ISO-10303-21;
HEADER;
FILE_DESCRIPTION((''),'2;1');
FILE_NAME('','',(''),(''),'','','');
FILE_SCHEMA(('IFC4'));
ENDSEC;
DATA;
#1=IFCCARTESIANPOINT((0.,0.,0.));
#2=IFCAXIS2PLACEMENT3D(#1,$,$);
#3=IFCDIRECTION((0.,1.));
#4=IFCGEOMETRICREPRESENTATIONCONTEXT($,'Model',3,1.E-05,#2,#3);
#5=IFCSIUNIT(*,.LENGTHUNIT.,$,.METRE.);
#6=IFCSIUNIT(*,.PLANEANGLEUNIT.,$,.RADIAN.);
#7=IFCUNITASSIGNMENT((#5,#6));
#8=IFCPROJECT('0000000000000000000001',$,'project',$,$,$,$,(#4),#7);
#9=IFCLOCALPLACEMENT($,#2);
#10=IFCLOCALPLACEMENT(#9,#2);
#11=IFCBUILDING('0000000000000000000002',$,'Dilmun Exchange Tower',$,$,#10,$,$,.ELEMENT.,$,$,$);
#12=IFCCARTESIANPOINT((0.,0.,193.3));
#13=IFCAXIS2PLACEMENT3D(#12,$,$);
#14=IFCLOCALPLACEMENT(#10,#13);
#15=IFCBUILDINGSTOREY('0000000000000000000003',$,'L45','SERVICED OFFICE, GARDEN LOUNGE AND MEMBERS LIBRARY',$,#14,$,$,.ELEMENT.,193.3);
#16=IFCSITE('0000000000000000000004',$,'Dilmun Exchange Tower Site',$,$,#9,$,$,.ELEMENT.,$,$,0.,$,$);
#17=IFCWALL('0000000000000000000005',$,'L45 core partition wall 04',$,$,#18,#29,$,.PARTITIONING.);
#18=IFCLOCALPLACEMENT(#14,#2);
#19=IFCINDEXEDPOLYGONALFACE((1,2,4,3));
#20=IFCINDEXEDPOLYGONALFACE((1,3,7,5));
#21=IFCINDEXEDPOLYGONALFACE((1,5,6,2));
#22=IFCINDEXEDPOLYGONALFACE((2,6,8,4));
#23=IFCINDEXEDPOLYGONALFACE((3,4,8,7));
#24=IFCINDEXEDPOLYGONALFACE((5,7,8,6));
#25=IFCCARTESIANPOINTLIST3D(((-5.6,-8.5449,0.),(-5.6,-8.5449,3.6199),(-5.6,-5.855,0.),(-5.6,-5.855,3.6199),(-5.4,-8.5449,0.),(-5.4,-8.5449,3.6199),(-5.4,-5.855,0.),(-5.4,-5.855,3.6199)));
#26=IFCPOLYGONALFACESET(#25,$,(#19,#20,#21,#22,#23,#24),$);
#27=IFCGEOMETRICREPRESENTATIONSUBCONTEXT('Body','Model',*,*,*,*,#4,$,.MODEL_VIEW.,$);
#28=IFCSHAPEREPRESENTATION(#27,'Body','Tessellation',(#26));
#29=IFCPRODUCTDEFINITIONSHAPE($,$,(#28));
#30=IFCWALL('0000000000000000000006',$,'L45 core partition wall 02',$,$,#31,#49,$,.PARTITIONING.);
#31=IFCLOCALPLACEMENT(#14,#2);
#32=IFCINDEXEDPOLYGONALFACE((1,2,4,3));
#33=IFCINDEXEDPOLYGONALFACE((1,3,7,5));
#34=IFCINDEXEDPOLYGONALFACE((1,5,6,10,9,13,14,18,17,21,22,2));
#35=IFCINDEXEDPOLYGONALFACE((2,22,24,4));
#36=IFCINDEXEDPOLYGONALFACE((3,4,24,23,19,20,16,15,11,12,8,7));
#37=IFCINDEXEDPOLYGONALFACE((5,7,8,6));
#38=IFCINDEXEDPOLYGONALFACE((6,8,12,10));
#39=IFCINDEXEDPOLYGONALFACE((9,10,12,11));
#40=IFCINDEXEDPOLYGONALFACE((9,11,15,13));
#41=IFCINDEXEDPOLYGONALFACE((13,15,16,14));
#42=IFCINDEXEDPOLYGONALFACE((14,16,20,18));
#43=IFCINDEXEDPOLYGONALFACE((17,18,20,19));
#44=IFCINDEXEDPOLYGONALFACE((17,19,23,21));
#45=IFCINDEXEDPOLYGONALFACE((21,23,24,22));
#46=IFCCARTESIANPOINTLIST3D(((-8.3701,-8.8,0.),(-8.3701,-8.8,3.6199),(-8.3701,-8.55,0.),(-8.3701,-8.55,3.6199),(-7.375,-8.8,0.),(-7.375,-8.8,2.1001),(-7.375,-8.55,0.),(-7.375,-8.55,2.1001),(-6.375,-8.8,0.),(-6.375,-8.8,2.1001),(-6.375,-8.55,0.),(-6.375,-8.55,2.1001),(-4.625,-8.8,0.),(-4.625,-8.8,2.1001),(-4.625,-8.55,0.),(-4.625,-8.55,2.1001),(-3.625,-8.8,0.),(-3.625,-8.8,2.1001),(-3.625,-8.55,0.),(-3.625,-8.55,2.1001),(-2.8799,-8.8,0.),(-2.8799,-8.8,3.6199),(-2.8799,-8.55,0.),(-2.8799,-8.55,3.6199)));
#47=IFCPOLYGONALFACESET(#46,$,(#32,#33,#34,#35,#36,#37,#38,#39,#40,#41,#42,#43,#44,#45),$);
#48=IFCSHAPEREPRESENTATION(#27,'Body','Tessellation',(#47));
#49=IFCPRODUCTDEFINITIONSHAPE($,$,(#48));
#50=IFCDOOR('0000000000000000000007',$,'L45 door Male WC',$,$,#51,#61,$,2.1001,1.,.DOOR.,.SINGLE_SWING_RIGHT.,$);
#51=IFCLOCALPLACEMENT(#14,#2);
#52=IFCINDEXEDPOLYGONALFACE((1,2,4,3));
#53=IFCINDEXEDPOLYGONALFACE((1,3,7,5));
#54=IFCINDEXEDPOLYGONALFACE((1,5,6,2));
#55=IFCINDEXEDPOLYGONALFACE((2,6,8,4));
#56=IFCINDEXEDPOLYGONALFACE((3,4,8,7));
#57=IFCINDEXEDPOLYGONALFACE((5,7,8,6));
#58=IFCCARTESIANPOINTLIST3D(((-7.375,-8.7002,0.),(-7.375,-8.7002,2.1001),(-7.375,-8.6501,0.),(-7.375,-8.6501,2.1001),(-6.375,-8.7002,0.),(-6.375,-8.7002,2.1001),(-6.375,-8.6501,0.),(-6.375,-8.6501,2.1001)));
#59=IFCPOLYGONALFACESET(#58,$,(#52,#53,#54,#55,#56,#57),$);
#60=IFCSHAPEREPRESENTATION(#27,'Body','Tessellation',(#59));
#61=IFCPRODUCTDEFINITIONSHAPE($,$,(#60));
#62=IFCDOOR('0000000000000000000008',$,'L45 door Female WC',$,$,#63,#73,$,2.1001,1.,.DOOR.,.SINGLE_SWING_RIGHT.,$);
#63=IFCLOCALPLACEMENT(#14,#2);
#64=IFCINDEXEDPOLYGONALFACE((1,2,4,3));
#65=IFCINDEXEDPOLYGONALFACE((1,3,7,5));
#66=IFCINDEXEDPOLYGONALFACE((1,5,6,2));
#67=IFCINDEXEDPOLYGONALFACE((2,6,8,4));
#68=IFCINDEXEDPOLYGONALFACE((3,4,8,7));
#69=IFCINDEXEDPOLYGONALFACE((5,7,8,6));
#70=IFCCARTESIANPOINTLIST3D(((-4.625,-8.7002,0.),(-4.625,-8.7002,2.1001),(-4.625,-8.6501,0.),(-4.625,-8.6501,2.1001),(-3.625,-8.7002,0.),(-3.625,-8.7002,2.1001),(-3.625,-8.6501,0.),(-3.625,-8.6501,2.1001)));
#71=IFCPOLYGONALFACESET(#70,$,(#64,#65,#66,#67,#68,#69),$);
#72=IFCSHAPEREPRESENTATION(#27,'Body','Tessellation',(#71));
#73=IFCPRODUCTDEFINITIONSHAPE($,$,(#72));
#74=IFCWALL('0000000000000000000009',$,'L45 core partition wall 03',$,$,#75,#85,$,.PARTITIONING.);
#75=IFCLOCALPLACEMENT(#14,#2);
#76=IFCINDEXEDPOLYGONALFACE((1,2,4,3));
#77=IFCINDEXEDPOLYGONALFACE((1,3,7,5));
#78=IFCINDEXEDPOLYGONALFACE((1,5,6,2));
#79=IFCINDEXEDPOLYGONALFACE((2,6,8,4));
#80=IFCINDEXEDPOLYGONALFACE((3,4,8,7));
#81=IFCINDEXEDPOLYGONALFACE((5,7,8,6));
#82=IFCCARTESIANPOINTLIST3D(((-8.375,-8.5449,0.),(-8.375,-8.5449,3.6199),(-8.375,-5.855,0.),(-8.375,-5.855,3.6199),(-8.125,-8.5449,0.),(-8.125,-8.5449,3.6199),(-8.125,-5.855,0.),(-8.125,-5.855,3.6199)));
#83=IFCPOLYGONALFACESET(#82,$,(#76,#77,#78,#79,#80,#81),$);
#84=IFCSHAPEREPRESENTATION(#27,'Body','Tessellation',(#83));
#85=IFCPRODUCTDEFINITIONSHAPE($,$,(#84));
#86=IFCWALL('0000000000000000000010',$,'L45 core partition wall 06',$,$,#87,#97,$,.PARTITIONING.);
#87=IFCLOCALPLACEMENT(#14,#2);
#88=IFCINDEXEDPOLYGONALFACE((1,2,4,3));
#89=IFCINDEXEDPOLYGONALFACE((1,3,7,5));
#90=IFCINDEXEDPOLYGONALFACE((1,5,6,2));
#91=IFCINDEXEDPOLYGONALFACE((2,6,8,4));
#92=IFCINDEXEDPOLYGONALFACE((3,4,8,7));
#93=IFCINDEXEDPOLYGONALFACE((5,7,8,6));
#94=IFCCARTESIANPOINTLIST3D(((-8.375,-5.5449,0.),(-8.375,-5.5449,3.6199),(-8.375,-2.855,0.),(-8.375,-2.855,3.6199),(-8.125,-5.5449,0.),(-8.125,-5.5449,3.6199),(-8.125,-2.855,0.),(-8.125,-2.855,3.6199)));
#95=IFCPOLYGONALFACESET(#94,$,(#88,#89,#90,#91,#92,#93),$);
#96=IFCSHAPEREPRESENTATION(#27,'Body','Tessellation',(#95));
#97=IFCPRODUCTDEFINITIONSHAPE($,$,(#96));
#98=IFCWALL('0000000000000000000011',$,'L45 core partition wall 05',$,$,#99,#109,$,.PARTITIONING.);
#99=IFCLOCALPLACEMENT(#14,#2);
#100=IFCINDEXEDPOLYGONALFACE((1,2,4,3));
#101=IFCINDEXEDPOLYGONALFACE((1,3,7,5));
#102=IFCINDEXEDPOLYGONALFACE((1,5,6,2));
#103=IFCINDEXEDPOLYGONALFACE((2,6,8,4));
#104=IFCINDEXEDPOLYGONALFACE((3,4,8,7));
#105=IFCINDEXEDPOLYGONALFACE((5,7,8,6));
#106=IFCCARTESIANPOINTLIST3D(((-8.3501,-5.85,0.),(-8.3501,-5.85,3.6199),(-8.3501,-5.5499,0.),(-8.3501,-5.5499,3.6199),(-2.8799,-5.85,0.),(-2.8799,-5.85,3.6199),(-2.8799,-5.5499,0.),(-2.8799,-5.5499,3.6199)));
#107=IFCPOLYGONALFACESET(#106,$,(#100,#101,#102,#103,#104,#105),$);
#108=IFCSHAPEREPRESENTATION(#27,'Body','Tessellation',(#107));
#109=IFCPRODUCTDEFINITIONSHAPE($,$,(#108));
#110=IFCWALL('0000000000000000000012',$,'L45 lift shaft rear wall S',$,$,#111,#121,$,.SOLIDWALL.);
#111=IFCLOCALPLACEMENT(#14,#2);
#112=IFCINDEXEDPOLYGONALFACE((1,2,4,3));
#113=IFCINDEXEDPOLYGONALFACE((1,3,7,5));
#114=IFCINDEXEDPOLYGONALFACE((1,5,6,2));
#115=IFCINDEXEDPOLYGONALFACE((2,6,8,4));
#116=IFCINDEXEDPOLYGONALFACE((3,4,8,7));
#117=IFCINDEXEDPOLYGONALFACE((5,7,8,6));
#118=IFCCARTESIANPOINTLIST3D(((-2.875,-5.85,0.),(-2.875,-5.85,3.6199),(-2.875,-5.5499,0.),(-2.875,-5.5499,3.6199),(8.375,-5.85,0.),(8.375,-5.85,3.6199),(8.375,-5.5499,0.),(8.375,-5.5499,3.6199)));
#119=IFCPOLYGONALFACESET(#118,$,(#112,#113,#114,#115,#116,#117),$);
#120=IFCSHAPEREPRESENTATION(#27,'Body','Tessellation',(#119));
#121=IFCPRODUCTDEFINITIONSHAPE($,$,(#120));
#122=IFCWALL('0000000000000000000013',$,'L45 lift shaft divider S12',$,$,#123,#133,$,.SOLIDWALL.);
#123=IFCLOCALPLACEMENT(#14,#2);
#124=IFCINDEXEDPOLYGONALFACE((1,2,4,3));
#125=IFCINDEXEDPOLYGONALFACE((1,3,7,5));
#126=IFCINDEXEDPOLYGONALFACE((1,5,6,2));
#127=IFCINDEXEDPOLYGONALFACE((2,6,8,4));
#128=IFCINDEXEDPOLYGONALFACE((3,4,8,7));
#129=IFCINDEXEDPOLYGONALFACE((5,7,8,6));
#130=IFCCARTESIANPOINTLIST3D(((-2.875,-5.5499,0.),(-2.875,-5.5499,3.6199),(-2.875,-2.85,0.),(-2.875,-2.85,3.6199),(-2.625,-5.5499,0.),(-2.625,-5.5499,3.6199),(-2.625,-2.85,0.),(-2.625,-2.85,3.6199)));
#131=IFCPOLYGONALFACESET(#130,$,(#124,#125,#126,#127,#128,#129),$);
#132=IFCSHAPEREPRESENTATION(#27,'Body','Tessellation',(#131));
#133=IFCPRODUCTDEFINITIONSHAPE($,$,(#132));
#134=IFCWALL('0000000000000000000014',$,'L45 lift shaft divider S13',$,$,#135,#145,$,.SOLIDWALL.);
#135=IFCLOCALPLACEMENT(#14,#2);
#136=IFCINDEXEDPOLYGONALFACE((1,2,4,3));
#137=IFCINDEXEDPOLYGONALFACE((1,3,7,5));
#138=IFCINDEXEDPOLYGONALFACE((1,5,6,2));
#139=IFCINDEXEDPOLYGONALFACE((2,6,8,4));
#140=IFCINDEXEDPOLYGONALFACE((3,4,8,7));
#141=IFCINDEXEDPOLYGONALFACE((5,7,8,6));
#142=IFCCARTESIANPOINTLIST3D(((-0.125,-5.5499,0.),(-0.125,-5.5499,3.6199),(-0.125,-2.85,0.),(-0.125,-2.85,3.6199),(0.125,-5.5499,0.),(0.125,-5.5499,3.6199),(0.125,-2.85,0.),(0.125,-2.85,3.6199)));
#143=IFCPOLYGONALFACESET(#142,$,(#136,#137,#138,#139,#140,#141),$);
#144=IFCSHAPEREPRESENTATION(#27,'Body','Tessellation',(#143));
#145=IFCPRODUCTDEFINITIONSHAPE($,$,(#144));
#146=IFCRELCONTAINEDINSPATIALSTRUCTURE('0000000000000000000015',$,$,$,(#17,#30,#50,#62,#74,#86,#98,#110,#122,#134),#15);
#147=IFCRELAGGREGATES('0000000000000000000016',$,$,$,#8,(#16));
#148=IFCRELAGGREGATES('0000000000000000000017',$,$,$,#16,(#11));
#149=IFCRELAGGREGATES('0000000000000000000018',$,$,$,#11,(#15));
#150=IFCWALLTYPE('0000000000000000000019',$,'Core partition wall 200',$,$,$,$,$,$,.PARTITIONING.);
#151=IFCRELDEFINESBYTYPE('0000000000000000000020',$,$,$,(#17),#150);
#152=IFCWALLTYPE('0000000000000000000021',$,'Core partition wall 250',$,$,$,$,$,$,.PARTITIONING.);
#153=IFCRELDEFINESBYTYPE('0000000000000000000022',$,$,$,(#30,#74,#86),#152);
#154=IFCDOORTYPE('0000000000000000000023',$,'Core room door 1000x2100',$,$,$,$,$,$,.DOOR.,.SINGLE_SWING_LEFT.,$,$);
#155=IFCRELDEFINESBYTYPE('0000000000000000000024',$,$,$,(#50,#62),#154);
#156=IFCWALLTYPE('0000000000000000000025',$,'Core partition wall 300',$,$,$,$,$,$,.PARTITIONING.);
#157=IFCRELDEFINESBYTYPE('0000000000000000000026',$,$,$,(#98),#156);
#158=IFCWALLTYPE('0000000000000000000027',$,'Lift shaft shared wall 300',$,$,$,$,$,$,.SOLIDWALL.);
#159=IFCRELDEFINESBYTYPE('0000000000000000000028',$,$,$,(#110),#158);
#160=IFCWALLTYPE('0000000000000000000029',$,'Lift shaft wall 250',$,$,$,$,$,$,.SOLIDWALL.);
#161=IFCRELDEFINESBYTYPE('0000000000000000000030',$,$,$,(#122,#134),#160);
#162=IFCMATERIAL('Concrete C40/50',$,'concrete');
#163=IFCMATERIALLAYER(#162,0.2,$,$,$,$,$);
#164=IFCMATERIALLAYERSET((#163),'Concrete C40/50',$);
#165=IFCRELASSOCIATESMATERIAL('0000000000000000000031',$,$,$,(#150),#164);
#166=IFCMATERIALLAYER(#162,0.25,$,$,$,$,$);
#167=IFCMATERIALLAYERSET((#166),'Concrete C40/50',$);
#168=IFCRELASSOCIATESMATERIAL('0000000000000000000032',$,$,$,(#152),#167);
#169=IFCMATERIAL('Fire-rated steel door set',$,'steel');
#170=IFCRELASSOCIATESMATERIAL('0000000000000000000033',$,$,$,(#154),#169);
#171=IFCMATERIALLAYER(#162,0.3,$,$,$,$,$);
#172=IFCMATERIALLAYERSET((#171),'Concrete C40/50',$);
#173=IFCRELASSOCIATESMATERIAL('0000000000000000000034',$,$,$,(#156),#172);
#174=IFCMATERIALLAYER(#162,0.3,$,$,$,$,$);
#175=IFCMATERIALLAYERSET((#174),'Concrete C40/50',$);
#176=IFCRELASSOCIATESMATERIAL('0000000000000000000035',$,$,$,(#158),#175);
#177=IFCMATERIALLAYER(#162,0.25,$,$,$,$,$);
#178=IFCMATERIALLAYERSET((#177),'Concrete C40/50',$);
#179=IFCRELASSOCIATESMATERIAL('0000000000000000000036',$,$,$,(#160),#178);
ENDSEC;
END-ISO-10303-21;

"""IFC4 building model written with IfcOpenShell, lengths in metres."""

from ifc_helpers import new_model, si_unit, direction, frame, frame_2d, origin, place, context, subcontext, project, spatial, rectangle, extrude, material, layer, layer_set, type_object, element, fill, save


model = new_model("IFC4")

# Units and contexts
model_context = context("Model", 3, precision=1e-05, world=origin(), true_north=direction((0.0, 1.0)))
body_context = subcontext(model_context, "Body", "Model", "MODEL_VIEW")
ifc_project = project(units=[si_unit("LENGTHUNIT", "METRE"), si_unit("PLANEANGLEUNIT", "RADIAN")], contexts=[model_context])

# Site, building, storey
site_placement = place(None, origin())
site = spatial("IfcSite", under=ifc_project, at=site_placement, Name="Dilmun Exchange Tower Site", CompositionType="ELEMENT", RefElevation=0.0)
building_placement = place(site_placement, origin())
building = spatial("IfcBuilding", under=site, at=building_placement, Name="Dilmun Exchange Tower", CompositionType="ELEMENT")
storey_placement = place(building_placement, frame((0.0, 0.0, 193.3)))
storey = spatial("IfcBuildingStorey", under=building, at=storey_placement, Name="L45", Description="SERVICED OFFICE, GARDEN LOUNGE AND MEMBERS LIBRARY", CompositionType="ELEMENT", Elevation=193.3)

# Wall
ifc_material_1 = material(Name="Concrete C40/50", Category="concrete")
ifc_layer_1 = layer(ifc_material_1, 0.2)
ifc_layer_set_1 = layer_set([ifc_layer_1], Name="Concrete C40/50")
wall_type_1 = type_object("IfcWallType", Name="Core partition wall 200", PredefinedType="PARTITIONING", material=ifc_layer_set_1)
wall_1_placement = place(storey_placement, frame((-5.5, -8.5449, 0.0), z_axis=(0.0, 0.0, 1.0), x_axis=(0.0, 1.0, 0.0)))
element("IfcWall", 1, at=wall_1_placement, inside=storey, type_object=wall_type_1, Name="L45 core partition wall 04", PredefinedType="PARTITIONING", context=body_context, shape_type="SweptSolid", body=[
    extrude(rectangle(XDim=2.6899, YDim=0.2, at=frame_2d((1.345, 0.0))), origin(), (0.0, 0.0, 1.0), 3.6199),
])

# Wall, openings, doors
ifc_layer_2 = layer(ifc_material_1, 0.25)
ifc_layer_set_2 = layer_set([ifc_layer_2], Name="Concrete C40/50")
wall_type_2 = type_object("IfcWallType", Name="Core partition wall 250", PredefinedType="PARTITIONING", material=ifc_layer_set_2)
wall_2_placement = place(storey_placement, frame((-8.3701, -8.675, 0.0), z_axis=(0.0, 0.0, 1.0), x_axis=(1.0, 0.0, 0.0)))
wall_2 = element("IfcWall", 2, at=wall_2_placement, inside=storey, type_object=wall_type_2, Name="L45 core partition wall 02", PredefinedType="PARTITIONING", context=body_context, shape_type="SweptSolid", body=[
    extrude(rectangle(XDim=5.4902, YDim=0.25, at=frame_2d((2.7451, 0.0))), origin(), (0.0, 0.0, 1.0), 3.6199),
])
opening_1_placement = place(wall_2_placement, frame((0.9951, 0.0, 0.0)))
opening_1 = element("IfcOpeningElement", 3, at=opening_1_placement, cuts=wall_2, PredefinedType="OPENING", context=body_context, shape_type="SweptSolid", body=[
    extrude(rectangle(XDim=1.0, YDim=2.1001, at=frame_2d((0.5, 1.05))), frame((0.0, 0.135, 0.0), z_axis=(0.0, -1.0, 0.0), x_axis=(1.0, 0.0, 0.0)), (0.0, 0.0, 1.0), 0.27),
])
opening_2_placement = place(wall_2_placement, frame((3.7451, 0.0, 0.0)))
opening_2 = element("IfcOpeningElement", 4, at=opening_2_placement, cuts=wall_2, PredefinedType="OPENING", context=body_context, shape_type="SweptSolid", body=[
    extrude(rectangle(XDim=1.0, YDim=2.1001, at=frame_2d((0.5, 1.05))), frame((0.0, 0.135, 0.0), z_axis=(0.0, -1.0, 0.0), x_axis=(1.0, 0.0, 0.0)), (0.0, 0.0, 1.0), 0.27),
])
ifc_material_2 = material(Name="Fire-rated steel door set", Category="steel")
door_type_1 = type_object("IfcDoorType", Name="Core room door 1000x2100", OperationType="SINGLE_SWING_LEFT", PredefinedType="DOOR", material=ifc_material_2)
door_1_placement = place(opening_1_placement, origin())
door_1 = element("IfcDoor", 5, at=door_1_placement, inside=storey, type_object=door_type_1, Name="L45 door Male WC", OperationType="SINGLE_SWING_RIGHT", OverallHeight=2.1001, OverallWidth=1.0, PredefinedType="DOOR", context=body_context, shape_type="SweptSolid", body=[
    extrude(rectangle(XDim=1.0, YDim=2.1001, at=frame_2d((0.5, 1.05))), frame((0.0, 0.0249, 0.0), z_axis=(0.0, -1.0, 0.0), x_axis=(1.0, 0.0, 0.0)), (0.0, 0.0, 1.0), 0.05),
])
fill(opening_1, door_1)
door_2_placement = place(opening_2_placement, origin())
door_2 = element("IfcDoor", 6, at=door_2_placement, inside=storey, type_object=door_type_1, Name="L45 door Female WC", OperationType="SINGLE_SWING_RIGHT", OverallHeight=2.1001, OverallWidth=1.0, PredefinedType="DOOR", context=body_context, shape_type="SweptSolid", body=[
    extrude(rectangle(XDim=1.0, YDim=2.1001, at=frame_2d((0.5, 1.05))), frame((0.0, 0.0249, 0.0), z_axis=(0.0, -1.0, 0.0), x_axis=(1.0, 0.0, 0.0)), (0.0, 0.0, 1.0), 0.05),
])
fill(opening_2, door_2)

# Walls
for number, where, z_axis, x_axis, name in (
    (7, (-8.25, -8.5449, 0.0), (0.0, 0.0, 1.0), (0.0, 1.0, 0.0), "L45 core partition wall 03"),
    (8, (-8.25, -5.5449, 0.0), (0.0, 0.0, 1.0), (0.0, 1.0, 0.0), "L45 core partition wall 06"),
):
    element("IfcWall", number, at=place(storey_placement, frame(where, z_axis=z_axis, x_axis=x_axis)), inside=storey, type_object=wall_type_2, Name=name, PredefinedType="PARTITIONING", context=body_context, shape_type="SweptSolid", body=[
        extrude(rectangle(XDim=2.6899, YDim=0.25, at=frame_2d((1.345, 0.0))), origin(), (0.0, 0.0, 1.0), 3.6199),
    ])
ifc_layer_3 = layer(ifc_material_1, 0.3)
ifc_layer_set_3 = layer_set([ifc_layer_3], Name="Concrete C40/50")
wall_type_3 = type_object("IfcWallType", Name="Core partition wall 300", PredefinedType="PARTITIONING", material=ifc_layer_set_3)
wall_3_placement = place(storey_placement, frame((-8.3501, -5.7, 0.0), z_axis=(0.0, 0.0, 1.0), x_axis=(1.0, 0.0, 0.0)))
element("IfcWall", 9, at=wall_3_placement, inside=storey, type_object=wall_type_3, Name="L45 core partition wall 05", PredefinedType="PARTITIONING", context=body_context, shape_type="SweptSolid", body=[
    extrude(rectangle(XDim=5.4702, YDim=0.3, at=frame_2d((2.7351, 0.0))), origin(), (0.0, 0.0, 1.0), 3.6199),
])
ifc_layer_4 = layer(ifc_material_1, 0.3)
ifc_layer_set_4 = layer_set([ifc_layer_4], Name="Concrete C40/50")
wall_type_4 = type_object("IfcWallType", Name="Lift shaft shared wall 300", PredefinedType="SOLIDWALL", material=ifc_layer_set_4)
wall_4_placement = place(storey_placement, frame((-2.875, -5.7, 0.0), z_axis=(0.0, 0.0, 1.0), x_axis=(1.0, 0.0, 0.0)))
element("IfcWall", 10, at=wall_4_placement, inside=storey, type_object=wall_type_4, Name="L45 lift shaft rear wall S", PredefinedType="SOLIDWALL", context=body_context, shape_type="SweptSolid", body=[
    extrude(rectangle(XDim=11.25, YDim=0.3, at=frame_2d((5.625, 0.0))), origin(), (0.0, 0.0, 1.0), 3.6199),
])
ifc_layer_5 = layer(ifc_material_1, 0.25)
ifc_layer_set_5 = layer_set([ifc_layer_5], Name="Concrete C40/50")
wall_type_5 = type_object("IfcWallType", Name="Lift shaft wall 250", PredefinedType="SOLIDWALL", material=ifc_layer_set_5)
for number, where, z_axis, x_axis, name in (
    (11, (-2.75, -5.55, 0.0), (0.0, 0.0, 1.0), (0.0, 1.0, 0.0), "L45 lift shaft divider S12"),
    (12, (0.0, -5.55, 0.0), (0.0, 0.0, 1.0), (0.0, 1.0, 0.0), "L45 lift shaft divider S13"),
):
    element("IfcWall", number, at=place(storey_placement, frame(where, z_axis=z_axis, x_axis=x_axis)), inside=storey, type_object=wall_type_5, Name=name, PredefinedType="SOLIDWALL", context=body_context, shape_type="SweptSolid", body=[
        extrude(rectangle(XDim=2.7, YDim=0.25, at=frame_2d((1.3501, 0.0))), origin(), (0.0, 0.0, 1.0), 3.6199),
    ])

save(model, "model.ifc")
